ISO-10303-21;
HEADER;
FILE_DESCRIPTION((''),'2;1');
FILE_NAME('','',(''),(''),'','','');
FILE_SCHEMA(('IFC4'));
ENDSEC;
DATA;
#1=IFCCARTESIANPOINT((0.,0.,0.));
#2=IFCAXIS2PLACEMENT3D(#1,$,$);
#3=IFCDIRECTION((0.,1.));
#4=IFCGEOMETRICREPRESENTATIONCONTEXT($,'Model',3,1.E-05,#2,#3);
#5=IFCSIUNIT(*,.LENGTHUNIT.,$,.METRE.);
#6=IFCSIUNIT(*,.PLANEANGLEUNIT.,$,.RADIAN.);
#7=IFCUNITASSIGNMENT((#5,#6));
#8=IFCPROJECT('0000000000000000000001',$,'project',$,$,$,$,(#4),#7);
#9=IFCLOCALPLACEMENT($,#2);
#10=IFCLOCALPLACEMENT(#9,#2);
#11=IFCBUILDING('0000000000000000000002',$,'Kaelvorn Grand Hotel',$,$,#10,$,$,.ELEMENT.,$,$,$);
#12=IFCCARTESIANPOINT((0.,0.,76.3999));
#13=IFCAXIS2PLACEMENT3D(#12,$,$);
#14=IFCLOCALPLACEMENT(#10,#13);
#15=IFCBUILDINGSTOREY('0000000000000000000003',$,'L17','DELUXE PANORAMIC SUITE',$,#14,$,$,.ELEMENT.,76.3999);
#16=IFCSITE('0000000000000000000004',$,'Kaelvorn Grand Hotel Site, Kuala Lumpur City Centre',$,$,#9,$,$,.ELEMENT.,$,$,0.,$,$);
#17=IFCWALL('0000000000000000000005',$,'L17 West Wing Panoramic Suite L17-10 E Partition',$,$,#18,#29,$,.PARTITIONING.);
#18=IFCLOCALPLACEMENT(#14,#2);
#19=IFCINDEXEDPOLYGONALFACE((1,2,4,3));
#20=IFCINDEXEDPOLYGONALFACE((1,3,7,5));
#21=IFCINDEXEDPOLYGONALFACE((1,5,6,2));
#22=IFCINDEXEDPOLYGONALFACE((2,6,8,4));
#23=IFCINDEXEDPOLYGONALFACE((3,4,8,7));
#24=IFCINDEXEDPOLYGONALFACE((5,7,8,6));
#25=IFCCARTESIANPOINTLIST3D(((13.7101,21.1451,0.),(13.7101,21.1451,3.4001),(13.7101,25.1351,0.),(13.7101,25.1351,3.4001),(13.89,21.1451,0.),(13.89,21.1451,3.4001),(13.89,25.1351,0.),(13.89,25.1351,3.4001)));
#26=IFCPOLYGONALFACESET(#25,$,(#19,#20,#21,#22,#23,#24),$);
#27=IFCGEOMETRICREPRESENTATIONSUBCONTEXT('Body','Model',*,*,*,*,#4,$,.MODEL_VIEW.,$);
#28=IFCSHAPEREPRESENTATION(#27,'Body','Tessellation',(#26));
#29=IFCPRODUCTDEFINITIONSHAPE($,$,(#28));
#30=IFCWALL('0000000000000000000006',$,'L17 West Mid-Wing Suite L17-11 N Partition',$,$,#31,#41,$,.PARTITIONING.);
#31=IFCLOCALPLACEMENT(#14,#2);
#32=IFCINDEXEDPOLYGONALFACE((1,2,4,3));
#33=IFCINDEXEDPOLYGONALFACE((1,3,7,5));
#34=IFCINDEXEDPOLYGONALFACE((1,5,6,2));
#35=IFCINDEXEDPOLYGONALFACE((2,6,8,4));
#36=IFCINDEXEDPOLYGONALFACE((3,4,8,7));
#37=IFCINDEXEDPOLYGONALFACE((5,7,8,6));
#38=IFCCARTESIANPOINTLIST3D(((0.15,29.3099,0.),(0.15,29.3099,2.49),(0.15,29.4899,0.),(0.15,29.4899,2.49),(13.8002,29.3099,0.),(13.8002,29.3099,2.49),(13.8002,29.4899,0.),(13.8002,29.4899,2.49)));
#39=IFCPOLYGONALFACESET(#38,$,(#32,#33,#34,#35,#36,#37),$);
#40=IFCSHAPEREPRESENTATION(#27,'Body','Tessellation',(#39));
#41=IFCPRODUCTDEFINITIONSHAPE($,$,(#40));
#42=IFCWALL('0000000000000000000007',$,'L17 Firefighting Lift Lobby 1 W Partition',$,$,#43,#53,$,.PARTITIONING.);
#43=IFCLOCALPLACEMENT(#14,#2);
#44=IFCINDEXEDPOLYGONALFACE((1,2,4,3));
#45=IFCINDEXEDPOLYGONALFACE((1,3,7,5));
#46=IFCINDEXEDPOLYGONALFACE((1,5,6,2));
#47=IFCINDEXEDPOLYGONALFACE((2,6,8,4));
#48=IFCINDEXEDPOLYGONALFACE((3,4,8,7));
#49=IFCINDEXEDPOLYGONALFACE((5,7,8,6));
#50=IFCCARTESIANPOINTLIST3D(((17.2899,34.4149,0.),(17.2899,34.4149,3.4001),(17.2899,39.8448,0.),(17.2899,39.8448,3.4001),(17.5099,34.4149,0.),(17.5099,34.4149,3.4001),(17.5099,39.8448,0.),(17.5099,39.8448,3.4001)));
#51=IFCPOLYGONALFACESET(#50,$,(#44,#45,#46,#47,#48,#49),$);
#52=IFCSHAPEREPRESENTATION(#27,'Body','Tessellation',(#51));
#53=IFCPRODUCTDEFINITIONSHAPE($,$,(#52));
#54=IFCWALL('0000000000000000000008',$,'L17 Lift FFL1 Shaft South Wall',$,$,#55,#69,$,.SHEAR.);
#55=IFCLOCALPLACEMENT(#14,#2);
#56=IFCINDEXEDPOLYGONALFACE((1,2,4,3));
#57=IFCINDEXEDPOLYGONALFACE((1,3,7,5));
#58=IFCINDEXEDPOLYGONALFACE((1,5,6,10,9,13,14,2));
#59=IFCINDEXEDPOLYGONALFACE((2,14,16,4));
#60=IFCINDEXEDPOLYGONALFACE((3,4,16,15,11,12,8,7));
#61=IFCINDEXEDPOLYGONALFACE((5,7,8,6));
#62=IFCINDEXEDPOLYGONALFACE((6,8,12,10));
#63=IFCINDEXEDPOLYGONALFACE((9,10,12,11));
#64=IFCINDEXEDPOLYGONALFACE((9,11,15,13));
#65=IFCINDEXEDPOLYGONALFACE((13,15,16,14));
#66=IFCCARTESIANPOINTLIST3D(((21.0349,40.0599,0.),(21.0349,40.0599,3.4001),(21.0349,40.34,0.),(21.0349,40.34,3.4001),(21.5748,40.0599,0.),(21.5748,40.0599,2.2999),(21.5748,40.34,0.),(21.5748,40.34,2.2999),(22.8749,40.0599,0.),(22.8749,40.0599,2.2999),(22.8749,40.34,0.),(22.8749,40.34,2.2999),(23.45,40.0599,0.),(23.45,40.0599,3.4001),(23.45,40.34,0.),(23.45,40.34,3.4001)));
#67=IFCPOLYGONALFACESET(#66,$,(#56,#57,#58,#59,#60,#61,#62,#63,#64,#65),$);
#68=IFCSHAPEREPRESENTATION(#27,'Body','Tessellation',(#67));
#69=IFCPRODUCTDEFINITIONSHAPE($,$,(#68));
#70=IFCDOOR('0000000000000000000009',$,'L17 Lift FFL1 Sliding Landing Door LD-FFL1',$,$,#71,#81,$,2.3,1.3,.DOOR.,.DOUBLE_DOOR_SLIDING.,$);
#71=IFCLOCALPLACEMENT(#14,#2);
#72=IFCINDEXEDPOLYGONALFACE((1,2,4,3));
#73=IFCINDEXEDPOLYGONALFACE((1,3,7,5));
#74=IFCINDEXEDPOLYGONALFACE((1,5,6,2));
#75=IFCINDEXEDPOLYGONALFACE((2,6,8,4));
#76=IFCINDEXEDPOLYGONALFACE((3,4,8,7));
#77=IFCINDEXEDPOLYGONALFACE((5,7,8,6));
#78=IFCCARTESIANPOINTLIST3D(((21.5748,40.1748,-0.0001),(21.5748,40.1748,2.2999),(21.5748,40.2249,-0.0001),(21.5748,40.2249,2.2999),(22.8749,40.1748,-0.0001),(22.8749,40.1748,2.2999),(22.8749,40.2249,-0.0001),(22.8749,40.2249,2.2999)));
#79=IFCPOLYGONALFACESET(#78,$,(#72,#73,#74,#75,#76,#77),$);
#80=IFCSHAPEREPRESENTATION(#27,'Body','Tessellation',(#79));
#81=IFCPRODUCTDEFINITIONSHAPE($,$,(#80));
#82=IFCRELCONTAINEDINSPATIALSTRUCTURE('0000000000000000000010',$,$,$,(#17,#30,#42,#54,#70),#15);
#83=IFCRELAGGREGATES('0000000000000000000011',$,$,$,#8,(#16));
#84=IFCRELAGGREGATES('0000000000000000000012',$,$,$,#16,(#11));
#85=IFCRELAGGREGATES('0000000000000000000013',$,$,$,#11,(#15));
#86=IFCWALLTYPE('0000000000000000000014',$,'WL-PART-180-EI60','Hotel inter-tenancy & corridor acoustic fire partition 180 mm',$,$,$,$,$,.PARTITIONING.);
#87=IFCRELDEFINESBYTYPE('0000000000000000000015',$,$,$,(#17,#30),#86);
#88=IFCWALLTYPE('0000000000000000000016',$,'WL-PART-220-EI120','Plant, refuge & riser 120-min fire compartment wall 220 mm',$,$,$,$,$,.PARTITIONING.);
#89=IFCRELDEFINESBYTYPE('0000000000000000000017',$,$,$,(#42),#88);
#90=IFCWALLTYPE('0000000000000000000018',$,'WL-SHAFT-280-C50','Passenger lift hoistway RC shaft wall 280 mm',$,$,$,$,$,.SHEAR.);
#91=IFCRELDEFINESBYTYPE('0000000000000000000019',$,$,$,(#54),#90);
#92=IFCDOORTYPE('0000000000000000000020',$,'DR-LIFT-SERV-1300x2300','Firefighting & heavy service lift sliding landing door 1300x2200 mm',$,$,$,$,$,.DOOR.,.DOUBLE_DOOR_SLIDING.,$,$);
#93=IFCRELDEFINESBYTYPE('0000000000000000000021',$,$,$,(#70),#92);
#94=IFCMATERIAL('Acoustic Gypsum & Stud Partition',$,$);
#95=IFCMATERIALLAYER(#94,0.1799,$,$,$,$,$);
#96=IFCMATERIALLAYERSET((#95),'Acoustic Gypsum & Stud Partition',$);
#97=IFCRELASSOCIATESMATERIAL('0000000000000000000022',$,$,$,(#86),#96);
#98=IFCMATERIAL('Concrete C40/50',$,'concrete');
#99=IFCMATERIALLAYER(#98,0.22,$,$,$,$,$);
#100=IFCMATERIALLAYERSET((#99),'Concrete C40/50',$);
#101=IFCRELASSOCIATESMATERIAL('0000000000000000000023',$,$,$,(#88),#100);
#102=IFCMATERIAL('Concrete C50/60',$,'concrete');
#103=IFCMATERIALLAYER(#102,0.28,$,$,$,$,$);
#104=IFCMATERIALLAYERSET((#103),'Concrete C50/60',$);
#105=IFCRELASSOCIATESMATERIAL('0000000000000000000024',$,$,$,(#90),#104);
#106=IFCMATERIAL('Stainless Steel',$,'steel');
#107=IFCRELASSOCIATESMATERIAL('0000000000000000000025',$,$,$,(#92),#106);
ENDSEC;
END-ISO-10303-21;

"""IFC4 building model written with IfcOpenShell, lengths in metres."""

from ifc_helpers import new_model, si_unit, direction, frame, frame_2d, origin, place, context, subcontext, project, spatial, rectangle, extrude, material, layer, layer_set, type_object, element, fill, save


model = new_model("IFC4")

# Units and contexts
model_context = context("Model", 3, precision=1e-05, world=origin(), true_north=direction((0.0, 1.0)))
body_context = subcontext(model_context, "Body", "Model", "MODEL_VIEW")
ifc_project = project(units=[si_unit("LENGTHUNIT", "METRE"), si_unit("PLANEANGLEUNIT", "RADIAN")], contexts=[model_context])

# Site, building, storey
site_placement = place(None, origin())
site = spatial("IfcSite", under=ifc_project, at=site_placement, Name="Kaelvorn Grand Hotel Site, Kuala Lumpur City Centre", CompositionType="ELEMENT", RefElevation=0.0)
building_placement = place(site_placement, origin())
building = spatial("IfcBuilding", under=site, at=building_placement, Name="Kaelvorn Grand Hotel", CompositionType="ELEMENT")
storey_placement = place(building_placement, frame((0.0, 0.0, 76.3999)))
storey = spatial("IfcBuildingStorey", under=building, at=storey_placement, Name="L17", Description="DELUXE PANORAMIC SUITE", CompositionType="ELEMENT", Elevation=76.3999)

# Shared definitions
ifc_material_1 = material(Name="Acoustic Gypsum & Stud Partition")

# Walls
ifc_layer_1 = layer(ifc_material_1, 0.1799)
ifc_layer_set_1 = layer_set([ifc_layer_1], Name="Acoustic Gypsum & Stud Partition")
wall_type_1 = type_object("IfcWallType", Name="WL-PART-180-EI60", Description="Hotel inter-tenancy & corridor acoustic fire partition 180 mm", PredefinedType="PARTITIONING", material=ifc_layer_set_1)
wall_1_placement = place(storey_placement, frame((13.8, 21.145, 0.0), z_axis=(0.0, 0.0, 1.0), x_axis=(0.0, 1.0, 0.0)))
element("IfcWall", 1, at=wall_1_placement, inside=storey, type_object=wall_type_1, Name="L17 West Wing Panoramic Suite L17-10 E Partition", PredefinedType="PARTITIONING", context=body_context, shape_type="SweptSolid", body=[
    extrude(rectangle(XDim=3.99, YDim=0.1799, at=frame_2d((1.9951, 0.0))), origin(), (0.0, 0.0, 1.0), 3.4001),
])
wall_2_placement = place(storey_placement, frame((0.1499, 29.3999, 0.0), z_axis=(0.0, 0.0, 1.0), x_axis=(1.0, 0.0, 0.0)))
element("IfcWall", 2, at=wall_2_placement, inside=storey, type_object=wall_type_1, Name="L17 West Mid-Wing Suite L17-11 N Partition", PredefinedType="PARTITIONING", context=body_context, shape_type="SweptSolid", body=[
    extrude(rectangle(XDim=13.6501, YDim=0.1799, at=frame_2d((6.8252, 0.0))), origin(), (0.0, 0.0, 1.0), 2.49),
])

# Shared definitions
ifc_material_2 = material(Name="Concrete C40/50", Category="concrete")
ifc_layer_2 = layer(ifc_material_2, 0.22)
ifc_layer_set_2 = layer_set([ifc_layer_2], Name="Concrete C40/50")
wall_type_2 = type_object("IfcWallType", Name="WL-PART-220-EI120", Description="Plant, refuge & riser 120-min fire compartment wall 220 mm", PredefinedType="PARTITIONING", material=ifc_layer_set_2)

# Wall
wall_3_placement = place(storey_placement, frame((17.3999, 34.415, 0.0), z_axis=(0.0, 0.0, 1.0), x_axis=(0.0, 1.0, 0.0)))
element("IfcWall", 3, at=wall_3_placement, inside=storey, type_object=wall_type_2, Name="L17 Firefighting Lift Lobby 1 W Partition", PredefinedType="PARTITIONING", context=body_context, shape_type="SweptSolid", body=[
    extrude(rectangle(XDim=5.4299, YDim=0.22, at=frame_2d((2.7148, 0.0))), origin(), (0.0, 0.0, 1.0), 3.4001),
])

# Wall, opening, door
ifc_material_3 = material(Name="Concrete C50/60", Category="concrete")
ifc_layer_3 = layer(ifc_material_3, 0.28)
ifc_layer_set_3 = layer_set([ifc_layer_3], Name="Concrete C50/60")
wall_type_3 = type_object("IfcWallType", Name="WL-SHAFT-280-C50", Description="Passenger lift hoistway RC shaft wall 280 mm", PredefinedType="SHEAR", material=ifc_layer_set_3)
wall_4_placement = place(storey_placement, frame((21.0349, 40.2, 0.0), z_axis=(0.0, 0.0, 1.0), x_axis=(1.0, 0.0, 0.0)))
wall_4 = element("IfcWall", 4, at=wall_4_placement, inside=storey, type_object=wall_type_3, Name="L17 Lift FFL1 Shaft South Wall", PredefinedType="SHEAR", context=body_context, shape_type="SweptSolid", body=[
    extrude(rectangle(XDim=2.415, YDim=0.28, at=frame_2d((1.2075, 0.0))), origin(), (0.0, 0.0, 1.0), 3.4001),
])
opening_1_placement = place(wall_4_placement, frame((0.54, 0.0, 0.0)))
opening_1 = element("IfcOpeningElement", 5, at=opening_1_placement, cuts=wall_4, PredefinedType="OPENING", context=body_context, shape_type="SweptSolid", body=[
    extrude(rectangle(XDim=1.3, YDim=2.3, at=frame_2d((0.6499, 1.1499))), frame((0.0, 0.1499, 0.0), z_axis=(0.0, -1.0, 0.0), x_axis=(1.0, 0.0, 0.0)), (0.0, 0.0, 1.0), 0.3),
])
ifc_material_4 = material(Name="Stainless Steel", Category="steel")
door_type_1 = type_object("IfcDoorType", Name="DR-LIFT-SERV-1300x2300", Description="Firefighting & heavy service lift sliding landing door 1300x2200 mm", OperationType="DOUBLE_DOOR_SLIDING", PredefinedType="DOOR", material=ifc_material_4)
door_1_placement = place(opening_1_placement, origin())
door_1 = element("IfcDoor", 6, at=door_1_placement, inside=storey, type_object=door_type_1, Name="L17 Lift FFL1 Sliding Landing Door LD-FFL1", OperationType="DOUBLE_DOOR_SLIDING", OverallHeight=2.3, OverallWidth=1.3, PredefinedType="DOOR", context=body_context, shape_type="SweptSolid", body=[
    extrude(rectangle(XDim=1.3, YDim=2.3, at=frame_2d((0.6499, 1.1499))), frame((0.0, 0.0249, 0.0), z_axis=(0.0, -1.0, 0.0), x_axis=(1.0, 0.0, 0.0)), (0.0, 0.0, 1.0), 0.05),
])
fill(opening_1, door_1)

save(model, "model.ifc")
